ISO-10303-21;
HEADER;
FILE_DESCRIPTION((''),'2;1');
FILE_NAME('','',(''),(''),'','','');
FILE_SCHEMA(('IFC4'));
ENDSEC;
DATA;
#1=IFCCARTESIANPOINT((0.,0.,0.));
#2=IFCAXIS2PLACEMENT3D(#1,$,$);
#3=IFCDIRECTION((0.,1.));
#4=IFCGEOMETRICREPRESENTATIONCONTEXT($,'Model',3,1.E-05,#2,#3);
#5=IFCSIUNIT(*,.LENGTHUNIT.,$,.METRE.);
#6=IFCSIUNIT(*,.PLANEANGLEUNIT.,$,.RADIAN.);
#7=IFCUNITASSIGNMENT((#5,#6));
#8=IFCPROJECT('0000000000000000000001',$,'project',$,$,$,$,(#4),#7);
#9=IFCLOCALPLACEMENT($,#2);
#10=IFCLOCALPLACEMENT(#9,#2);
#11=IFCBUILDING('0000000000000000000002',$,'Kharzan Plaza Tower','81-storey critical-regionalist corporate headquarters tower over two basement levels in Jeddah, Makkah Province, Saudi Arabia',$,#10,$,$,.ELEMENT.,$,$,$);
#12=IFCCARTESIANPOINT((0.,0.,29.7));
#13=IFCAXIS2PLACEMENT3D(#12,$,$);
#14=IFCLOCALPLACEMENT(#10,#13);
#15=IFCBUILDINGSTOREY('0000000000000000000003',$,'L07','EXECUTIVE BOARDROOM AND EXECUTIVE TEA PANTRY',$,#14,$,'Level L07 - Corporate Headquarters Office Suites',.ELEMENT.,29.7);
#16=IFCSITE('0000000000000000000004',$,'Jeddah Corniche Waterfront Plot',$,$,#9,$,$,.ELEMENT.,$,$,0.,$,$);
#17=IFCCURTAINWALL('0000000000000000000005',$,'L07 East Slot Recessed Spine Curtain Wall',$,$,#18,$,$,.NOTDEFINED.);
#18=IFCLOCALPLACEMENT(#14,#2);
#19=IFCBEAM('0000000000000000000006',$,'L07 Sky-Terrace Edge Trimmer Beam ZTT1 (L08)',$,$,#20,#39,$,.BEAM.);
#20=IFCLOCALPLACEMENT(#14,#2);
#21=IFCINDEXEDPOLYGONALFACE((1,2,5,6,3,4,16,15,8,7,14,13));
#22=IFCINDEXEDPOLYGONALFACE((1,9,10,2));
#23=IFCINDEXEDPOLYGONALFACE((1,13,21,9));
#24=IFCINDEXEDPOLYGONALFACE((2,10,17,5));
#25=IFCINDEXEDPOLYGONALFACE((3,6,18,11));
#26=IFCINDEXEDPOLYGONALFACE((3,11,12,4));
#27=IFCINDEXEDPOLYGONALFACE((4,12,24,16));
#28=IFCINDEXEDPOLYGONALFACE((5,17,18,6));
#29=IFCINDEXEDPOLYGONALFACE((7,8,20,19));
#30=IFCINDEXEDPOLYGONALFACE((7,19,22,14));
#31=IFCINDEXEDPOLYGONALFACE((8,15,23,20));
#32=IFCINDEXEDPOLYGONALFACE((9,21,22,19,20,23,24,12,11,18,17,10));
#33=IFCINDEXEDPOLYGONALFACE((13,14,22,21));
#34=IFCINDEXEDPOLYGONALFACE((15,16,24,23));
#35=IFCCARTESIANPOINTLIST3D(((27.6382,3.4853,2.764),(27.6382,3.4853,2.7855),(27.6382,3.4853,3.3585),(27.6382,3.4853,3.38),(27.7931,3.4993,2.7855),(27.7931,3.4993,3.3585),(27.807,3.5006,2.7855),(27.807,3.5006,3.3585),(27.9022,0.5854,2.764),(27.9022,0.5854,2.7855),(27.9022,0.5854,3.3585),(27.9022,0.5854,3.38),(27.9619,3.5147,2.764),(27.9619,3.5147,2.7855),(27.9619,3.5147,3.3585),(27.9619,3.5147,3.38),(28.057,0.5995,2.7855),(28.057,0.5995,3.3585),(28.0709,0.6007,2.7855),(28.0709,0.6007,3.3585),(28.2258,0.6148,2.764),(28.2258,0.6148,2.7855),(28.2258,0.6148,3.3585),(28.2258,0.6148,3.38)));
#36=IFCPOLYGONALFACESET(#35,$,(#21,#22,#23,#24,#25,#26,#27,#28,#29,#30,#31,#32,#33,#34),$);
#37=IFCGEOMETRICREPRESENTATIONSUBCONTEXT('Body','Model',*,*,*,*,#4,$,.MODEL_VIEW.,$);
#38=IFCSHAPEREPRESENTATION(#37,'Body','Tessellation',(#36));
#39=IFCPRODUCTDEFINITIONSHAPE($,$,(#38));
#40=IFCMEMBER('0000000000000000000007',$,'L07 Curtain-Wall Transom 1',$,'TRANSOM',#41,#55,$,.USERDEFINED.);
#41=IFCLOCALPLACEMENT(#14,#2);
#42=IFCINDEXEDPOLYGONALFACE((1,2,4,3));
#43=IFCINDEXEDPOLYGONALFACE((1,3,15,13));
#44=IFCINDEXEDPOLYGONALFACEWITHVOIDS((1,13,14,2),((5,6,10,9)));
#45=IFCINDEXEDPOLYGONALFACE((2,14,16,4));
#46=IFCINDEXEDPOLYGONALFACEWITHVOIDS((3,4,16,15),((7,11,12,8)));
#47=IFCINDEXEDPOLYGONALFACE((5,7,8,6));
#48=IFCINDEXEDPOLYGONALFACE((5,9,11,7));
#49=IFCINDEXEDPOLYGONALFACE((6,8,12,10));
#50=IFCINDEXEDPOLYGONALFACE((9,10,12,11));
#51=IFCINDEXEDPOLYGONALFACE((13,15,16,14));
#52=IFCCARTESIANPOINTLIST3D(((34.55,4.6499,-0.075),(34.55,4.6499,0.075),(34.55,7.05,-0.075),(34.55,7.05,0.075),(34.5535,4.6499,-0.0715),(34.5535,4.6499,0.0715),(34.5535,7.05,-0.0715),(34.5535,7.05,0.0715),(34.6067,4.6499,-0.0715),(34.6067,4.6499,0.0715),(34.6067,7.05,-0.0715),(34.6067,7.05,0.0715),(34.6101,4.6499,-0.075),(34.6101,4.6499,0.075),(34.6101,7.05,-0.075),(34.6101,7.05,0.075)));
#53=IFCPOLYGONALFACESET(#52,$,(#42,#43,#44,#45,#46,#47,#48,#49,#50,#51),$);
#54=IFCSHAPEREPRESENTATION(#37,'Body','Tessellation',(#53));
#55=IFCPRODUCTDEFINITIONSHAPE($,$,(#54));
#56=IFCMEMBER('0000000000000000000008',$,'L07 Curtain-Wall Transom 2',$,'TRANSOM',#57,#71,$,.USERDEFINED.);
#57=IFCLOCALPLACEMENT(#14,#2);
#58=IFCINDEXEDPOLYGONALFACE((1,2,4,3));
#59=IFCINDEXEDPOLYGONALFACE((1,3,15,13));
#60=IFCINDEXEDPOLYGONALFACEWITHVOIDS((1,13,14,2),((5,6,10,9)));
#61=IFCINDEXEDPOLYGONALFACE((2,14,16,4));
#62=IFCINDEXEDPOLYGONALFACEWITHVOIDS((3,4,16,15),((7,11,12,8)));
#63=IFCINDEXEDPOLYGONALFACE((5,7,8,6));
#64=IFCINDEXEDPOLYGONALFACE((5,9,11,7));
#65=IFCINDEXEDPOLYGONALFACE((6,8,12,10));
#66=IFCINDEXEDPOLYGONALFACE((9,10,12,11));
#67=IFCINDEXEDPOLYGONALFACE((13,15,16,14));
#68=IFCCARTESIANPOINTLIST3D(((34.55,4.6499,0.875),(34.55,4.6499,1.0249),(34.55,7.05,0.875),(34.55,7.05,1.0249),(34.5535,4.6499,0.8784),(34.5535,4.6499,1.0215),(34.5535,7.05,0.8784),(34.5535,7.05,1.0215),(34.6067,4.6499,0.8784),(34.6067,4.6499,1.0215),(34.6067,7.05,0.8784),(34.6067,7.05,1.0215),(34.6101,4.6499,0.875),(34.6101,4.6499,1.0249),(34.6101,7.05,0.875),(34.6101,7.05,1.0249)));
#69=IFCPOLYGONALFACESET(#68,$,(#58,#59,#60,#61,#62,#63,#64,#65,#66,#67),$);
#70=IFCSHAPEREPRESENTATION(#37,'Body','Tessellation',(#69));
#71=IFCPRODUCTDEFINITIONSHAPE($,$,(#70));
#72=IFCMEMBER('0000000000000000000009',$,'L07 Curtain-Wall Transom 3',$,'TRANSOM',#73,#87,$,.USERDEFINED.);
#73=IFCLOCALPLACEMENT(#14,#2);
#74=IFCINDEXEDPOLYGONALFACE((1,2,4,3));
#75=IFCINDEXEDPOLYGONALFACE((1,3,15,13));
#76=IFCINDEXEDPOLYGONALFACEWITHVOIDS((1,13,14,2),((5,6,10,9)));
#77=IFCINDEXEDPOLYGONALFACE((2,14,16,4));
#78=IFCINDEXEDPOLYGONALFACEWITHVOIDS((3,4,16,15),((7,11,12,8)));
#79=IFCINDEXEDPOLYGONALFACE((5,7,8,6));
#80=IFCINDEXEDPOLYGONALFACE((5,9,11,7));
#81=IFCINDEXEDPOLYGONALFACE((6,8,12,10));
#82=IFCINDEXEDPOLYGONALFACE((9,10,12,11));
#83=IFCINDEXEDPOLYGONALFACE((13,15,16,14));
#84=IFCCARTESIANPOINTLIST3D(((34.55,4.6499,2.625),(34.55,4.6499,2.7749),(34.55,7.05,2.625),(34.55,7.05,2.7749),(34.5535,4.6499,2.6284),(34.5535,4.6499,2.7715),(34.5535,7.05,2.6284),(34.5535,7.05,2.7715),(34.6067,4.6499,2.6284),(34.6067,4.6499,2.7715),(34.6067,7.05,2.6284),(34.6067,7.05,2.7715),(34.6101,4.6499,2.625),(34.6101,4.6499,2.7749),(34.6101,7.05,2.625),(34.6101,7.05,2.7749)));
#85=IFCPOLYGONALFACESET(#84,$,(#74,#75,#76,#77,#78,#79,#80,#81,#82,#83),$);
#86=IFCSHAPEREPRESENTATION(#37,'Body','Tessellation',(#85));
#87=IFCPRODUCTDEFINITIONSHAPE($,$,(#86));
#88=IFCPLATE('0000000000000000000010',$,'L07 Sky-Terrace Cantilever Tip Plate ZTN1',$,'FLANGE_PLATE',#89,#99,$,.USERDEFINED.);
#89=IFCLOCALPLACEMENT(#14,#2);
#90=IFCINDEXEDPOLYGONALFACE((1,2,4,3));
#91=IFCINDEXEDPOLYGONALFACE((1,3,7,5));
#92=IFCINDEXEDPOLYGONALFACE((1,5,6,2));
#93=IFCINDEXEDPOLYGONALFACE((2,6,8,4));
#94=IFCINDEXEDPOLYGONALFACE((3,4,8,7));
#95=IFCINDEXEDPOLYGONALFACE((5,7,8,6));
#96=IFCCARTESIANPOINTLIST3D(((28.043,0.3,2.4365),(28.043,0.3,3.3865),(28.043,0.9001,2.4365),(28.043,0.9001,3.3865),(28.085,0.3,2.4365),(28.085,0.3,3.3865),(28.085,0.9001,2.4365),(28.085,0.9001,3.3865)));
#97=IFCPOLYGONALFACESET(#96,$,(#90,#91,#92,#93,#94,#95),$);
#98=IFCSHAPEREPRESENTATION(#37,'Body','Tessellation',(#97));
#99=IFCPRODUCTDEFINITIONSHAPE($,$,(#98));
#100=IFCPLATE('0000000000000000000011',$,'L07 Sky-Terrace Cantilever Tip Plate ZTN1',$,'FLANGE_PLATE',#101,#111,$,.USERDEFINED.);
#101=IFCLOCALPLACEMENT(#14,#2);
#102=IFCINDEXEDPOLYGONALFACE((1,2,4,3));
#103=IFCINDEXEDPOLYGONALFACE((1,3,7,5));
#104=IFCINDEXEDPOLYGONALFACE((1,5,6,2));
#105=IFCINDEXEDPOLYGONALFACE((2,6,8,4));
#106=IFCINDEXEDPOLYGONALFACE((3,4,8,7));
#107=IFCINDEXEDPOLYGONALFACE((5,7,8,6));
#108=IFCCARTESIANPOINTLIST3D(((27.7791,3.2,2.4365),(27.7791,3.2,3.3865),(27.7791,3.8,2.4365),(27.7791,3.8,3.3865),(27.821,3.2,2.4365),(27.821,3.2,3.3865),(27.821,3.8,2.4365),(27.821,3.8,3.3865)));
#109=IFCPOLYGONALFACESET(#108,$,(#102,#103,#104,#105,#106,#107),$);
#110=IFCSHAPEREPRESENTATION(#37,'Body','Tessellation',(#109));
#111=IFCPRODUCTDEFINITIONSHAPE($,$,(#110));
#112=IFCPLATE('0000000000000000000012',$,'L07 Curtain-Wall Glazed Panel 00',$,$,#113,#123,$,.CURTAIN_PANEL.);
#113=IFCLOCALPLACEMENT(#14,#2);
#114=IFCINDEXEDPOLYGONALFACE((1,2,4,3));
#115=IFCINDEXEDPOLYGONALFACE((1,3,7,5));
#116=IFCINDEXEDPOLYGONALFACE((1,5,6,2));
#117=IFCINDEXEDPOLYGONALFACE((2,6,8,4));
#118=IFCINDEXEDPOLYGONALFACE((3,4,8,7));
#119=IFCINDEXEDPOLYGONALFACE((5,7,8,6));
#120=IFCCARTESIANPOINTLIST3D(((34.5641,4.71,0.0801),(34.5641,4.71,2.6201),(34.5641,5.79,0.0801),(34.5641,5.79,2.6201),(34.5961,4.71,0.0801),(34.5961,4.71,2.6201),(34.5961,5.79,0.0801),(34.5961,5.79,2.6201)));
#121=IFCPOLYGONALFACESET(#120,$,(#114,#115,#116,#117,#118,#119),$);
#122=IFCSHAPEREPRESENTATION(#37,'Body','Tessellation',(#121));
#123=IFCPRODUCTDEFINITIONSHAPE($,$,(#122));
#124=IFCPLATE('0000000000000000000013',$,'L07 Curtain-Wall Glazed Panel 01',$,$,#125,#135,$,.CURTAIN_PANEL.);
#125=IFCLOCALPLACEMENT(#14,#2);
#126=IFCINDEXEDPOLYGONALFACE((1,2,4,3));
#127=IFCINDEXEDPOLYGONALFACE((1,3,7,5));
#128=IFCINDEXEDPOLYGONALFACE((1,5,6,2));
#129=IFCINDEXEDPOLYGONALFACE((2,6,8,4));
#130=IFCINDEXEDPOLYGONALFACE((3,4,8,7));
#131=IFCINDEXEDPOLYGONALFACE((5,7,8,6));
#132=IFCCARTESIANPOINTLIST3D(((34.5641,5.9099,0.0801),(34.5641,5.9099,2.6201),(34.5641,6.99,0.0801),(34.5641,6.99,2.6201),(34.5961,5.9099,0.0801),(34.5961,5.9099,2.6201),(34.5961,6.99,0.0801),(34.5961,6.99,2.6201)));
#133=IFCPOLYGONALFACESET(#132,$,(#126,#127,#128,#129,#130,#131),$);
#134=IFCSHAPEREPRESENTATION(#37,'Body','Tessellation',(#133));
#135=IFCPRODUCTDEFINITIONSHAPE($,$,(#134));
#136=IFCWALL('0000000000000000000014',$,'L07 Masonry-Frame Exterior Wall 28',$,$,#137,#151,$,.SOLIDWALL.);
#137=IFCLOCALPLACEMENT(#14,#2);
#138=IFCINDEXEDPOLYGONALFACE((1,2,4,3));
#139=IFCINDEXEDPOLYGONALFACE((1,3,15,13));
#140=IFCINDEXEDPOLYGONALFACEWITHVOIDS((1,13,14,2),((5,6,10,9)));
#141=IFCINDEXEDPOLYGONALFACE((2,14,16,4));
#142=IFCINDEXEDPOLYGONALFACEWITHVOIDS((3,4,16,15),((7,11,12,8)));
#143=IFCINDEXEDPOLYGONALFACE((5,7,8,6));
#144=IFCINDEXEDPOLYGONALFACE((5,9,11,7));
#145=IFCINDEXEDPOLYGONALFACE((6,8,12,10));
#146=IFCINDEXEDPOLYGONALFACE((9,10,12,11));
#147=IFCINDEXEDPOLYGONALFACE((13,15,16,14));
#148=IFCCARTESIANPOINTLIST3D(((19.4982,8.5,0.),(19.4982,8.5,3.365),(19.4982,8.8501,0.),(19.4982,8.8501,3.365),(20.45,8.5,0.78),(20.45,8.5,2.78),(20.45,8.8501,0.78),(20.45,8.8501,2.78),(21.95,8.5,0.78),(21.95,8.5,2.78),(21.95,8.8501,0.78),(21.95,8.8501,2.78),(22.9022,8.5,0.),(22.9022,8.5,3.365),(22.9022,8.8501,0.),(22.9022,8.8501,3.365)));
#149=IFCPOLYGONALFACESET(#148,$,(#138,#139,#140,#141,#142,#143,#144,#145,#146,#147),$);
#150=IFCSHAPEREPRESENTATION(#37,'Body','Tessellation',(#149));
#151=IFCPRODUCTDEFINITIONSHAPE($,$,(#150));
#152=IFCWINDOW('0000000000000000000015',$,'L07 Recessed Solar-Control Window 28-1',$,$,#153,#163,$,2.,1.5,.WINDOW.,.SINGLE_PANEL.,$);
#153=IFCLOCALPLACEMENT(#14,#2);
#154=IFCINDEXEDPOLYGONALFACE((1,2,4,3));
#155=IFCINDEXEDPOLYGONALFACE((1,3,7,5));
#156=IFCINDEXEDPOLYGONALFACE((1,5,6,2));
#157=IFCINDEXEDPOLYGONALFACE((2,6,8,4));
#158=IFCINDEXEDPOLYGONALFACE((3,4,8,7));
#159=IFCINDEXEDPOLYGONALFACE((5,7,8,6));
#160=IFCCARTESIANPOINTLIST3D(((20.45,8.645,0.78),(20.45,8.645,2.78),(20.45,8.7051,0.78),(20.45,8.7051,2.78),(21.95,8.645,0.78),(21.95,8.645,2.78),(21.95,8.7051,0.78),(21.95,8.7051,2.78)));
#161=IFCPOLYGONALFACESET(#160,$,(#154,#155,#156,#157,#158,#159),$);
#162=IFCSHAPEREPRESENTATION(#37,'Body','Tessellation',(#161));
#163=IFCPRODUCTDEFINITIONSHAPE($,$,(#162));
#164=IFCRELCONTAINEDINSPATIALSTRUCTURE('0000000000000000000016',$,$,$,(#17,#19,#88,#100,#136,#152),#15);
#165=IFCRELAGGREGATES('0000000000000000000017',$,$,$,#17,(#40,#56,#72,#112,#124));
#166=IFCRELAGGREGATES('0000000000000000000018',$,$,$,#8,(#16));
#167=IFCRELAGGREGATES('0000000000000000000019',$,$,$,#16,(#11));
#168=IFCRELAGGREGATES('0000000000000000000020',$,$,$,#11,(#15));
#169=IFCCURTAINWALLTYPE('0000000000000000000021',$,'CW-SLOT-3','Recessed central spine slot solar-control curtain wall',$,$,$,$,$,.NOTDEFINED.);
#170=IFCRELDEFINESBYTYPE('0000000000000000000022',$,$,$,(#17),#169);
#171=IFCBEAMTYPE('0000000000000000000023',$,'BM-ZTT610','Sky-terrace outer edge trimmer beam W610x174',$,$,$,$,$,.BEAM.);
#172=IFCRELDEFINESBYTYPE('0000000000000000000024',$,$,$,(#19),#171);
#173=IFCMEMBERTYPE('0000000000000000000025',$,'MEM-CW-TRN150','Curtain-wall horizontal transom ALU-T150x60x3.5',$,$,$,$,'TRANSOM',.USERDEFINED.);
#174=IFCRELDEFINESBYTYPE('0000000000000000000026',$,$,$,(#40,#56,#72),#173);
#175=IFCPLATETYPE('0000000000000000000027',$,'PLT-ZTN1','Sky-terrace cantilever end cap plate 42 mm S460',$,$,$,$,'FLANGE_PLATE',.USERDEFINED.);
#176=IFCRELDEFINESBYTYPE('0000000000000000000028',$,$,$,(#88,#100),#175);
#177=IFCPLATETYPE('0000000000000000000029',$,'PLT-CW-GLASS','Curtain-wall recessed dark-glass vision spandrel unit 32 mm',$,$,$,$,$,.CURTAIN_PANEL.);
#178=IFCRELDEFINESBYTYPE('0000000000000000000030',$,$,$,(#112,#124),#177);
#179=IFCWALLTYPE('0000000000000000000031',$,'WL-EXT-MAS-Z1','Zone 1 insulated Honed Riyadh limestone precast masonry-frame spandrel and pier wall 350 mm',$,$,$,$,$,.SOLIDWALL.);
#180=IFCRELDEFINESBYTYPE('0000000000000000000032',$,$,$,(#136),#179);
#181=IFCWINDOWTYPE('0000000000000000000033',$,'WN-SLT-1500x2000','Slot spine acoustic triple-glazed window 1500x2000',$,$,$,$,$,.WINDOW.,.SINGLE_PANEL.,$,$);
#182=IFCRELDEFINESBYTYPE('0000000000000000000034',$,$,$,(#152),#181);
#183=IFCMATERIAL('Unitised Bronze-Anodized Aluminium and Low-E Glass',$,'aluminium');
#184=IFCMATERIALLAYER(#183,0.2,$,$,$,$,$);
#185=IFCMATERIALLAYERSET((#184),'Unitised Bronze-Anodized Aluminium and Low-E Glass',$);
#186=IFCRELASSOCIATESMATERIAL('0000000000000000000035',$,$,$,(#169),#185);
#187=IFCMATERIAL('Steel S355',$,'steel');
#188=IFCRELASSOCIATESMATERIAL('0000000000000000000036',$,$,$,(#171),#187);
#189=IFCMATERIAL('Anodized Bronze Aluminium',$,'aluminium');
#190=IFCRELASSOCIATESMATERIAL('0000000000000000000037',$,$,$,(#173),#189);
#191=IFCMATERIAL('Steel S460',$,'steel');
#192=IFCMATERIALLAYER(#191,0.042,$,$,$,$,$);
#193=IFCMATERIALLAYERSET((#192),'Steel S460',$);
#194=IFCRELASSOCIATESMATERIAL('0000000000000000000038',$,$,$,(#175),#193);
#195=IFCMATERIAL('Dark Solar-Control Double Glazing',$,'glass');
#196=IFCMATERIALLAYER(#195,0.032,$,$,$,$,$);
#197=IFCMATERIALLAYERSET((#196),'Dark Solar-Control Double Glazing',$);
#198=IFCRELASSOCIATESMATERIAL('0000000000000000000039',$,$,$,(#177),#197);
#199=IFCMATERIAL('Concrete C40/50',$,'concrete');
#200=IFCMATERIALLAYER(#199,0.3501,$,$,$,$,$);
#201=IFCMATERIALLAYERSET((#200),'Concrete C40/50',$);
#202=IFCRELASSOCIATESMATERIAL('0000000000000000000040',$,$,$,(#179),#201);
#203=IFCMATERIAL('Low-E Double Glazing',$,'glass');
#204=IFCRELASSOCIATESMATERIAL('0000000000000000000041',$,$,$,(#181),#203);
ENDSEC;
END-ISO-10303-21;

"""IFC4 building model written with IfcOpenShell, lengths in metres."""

from ifc_helpers import new_model, si_unit, direction, frame, frame_2d, origin, origin_2d, place, context, subcontext, project, spatial, rectangle, hollow_rectangle, i_section, extrude, source, transform, mapped, material, layer, layer_set, material_profile, profile_set, type_object, element, fill, aggregate, save


model = new_model("IFC4")

# Units and contexts
model_context = context("Model", 3, precision=1e-05, world=origin(), true_north=direction((0.0, 1.0)))
body_context = subcontext(model_context, "Body", "Model", "MODEL_VIEW")
ifc_project = project(units=[si_unit("LENGTHUNIT", "METRE"), si_unit("PLANEANGLEUNIT", "RADIAN")], contexts=[model_context])

# Site, building, storey
site_placement = place(None, origin())
site = spatial("IfcSite", under=ifc_project, at=site_placement, Name="Jeddah Corniche Waterfront Plot", CompositionType="ELEMENT", RefElevation=0.0)
building_placement = place(site_placement, origin())
building = spatial("IfcBuilding", under=site, at=building_placement, Name="Kharzan Plaza Tower", Description="81-storey critical-regionalist corporate headquarters tower over two basement levels in Jeddah, Makkah Province, Saudi Arabia", CompositionType="ELEMENT")
storey_placement = place(building_placement, frame((0.0, 0.0, 29.7)))
storey = spatial("IfcBuildingStorey", under=building, at=storey_placement, Name="L07", Description="EXECUTIVE BOARDROOM AND EXECUTIVE TEA PANTRY", LongName="Level L07 - Corporate Headquarters Office Suites", CompositionType="ELEMENT", Elevation=29.7)

# Shared definitions
ifc_material_1 = material(Name="Steel S355", Category="steel")

# Curtain wall
ifc_material_2 = material(Name="Unitised Bronze-Anodized Aluminium and Low-E Glass", Category="aluminium")
ifc_layer_1 = layer(ifc_material_2, 0.2)
ifc_layer_set_1 = layer_set([ifc_layer_1], Name="Unitised Bronze-Anodized Aluminium and Low-E Glass")
curtain_wall_type = type_object("IfcCurtainWallType", Name="CW-SLOT-3", Description="Recessed central spine slot solar-control curtain wall", PredefinedType="NOTDEFINED", material=ifc_layer_set_1)
curtain_wall_placement = place(storey_placement, origin())
curtain_wall = element("IfcCurtainWall", 1, at=curtain_wall_placement, inside=storey, type_object=curtain_wall_type, Name="L07 East Slot Recessed Spine Curtain Wall", PredefinedType="NOTDEFINED")
ifc_material_3 = material(Name="Anodized Bronze Aluminium", Category="aluminium")

# Beam
ifc_material_profile_1 = material_profile(ifc_material_1, i_section(OverallWidth=0.325, OverallDepth=0.616, WebThickness=0.0139, FlangeThickness=0.0215, at=origin_2d()), Name="W610x174")
ifc_profile_set_1 = profile_set([ifc_material_profile_1], Name="Steel S355")
beam_type_1 = type_object("IfcBeamType", Name="BM-ZTT610", Description="Sky-terrace outer edge trimmer beam W610x174", PredefinedType="BEAM", material=ifc_profile_set_1)
shared_shape_1 = source(origin(), body_context, "Body", "SweptSolid", [
    extrude(i_section(OverallWidth=0.325, OverallDepth=0.616, WebThickness=0.0139, FlangeThickness=0.0215, at=origin_2d()), origin(), (0.0, 0.0, 1.0), 2.9119),
])
beam_1_placement = place(storey_placement, frame((28.064, 0.6001, 3.072), z_axis=(-0.090634, 0.995884, 0.0), x_axis=(-0.995884, -0.090634, 0.0)))
element("IfcBeam", 2, at=beam_1_placement, inside=storey, type_object=beam_type_1, Name="L07 Sky-Terrace Edge Trimmer Beam ZTT1 (L08)", PredefinedType="BEAM", context=body_context, shape_type="MappedRepresentation", body=[
    mapped(shared_shape_1, transform((0.0, 0.0, 0.0), x_axis=(1.0, 0.0, 0.0), y_axis=(0.0, 1.0, 0.0), z_axis=(0.0, 0.0, 1.0))),
])

# Members
ifc_material_profile_2 = material_profile(ifc_material_3, hollow_rectangle(XDim=0.0601, YDim=0.1499, WallThickness=0.0034, at=origin_2d()), Name="ALU-T150x60x3.5")
ifc_profile_set_2 = profile_set([ifc_material_profile_2], Name="Anodized Bronze Aluminium")
member_type_1 = type_object("IfcMemberType", Name="MEM-CW-TRN150", Description="Curtain-wall horizontal transom ALU-T150x60x3.5", ElementType="TRANSOM", PredefinedType="USERDEFINED", material=ifc_profile_set_2)
shared_shape_2 = source(origin(), body_context, "Body", "SweptSolid", [
    extrude(hollow_rectangle(XDim=0.0601, YDim=0.1499, WallThickness=0.0034, at=origin_2d()), origin(), (0.0, 0.0, 1.0), 2.4001),
])
member_1_placement = place(storey_placement, frame((34.5801, 4.6499, 0.0), z_axis=(0.0, 1.0, 0.0), x_axis=(-1.0, 0.0, 0.0)))
member_1 = element("IfcMember", 3, at=member_1_placement, type_object=member_type_1, Name="L07 Curtain-Wall Transom 1", ObjectType="TRANSOM", PredefinedType="USERDEFINED", context=body_context, shape_type="MappedRepresentation", body=[
    mapped(shared_shape_2, transform((0.0, 0.0, 0.0), x_axis=(1.0, 0.0, 0.0), y_axis=(0.0, 1.0, 0.0), z_axis=(0.0, 0.0, 1.0))),
])
member_2_placement = place(storey_placement, frame((34.5801, 4.6499, 0.95), z_axis=(0.0, 1.0, 0.0), x_axis=(-1.0, 0.0, 0.0)))
member_2 = element("IfcMember", 4, at=member_2_placement, type_object=member_type_1, Name="L07 Curtain-Wall Transom 2", ObjectType="TRANSOM", PredefinedType="USERDEFINED", context=body_context, shape_type="MappedRepresentation", body=[
    mapped(shared_shape_2, transform((0.0, 0.0, 0.0), x_axis=(1.0, 0.0, 0.0), y_axis=(0.0, 1.0, 0.0), z_axis=(0.0, 0.0, 1.0))),
])
member_3_placement = place(storey_placement, frame((34.5801, 4.6499, 2.7), z_axis=(0.0, 1.0, 0.0), x_axis=(-1.0, 0.0, 0.0)))
member_3 = element("IfcMember", 5, at=member_3_placement, type_object=member_type_1, Name="L07 Curtain-Wall Transom 3", ObjectType="TRANSOM", PredefinedType="USERDEFINED", context=body_context, shape_type="MappedRepresentation", body=[
    mapped(shared_shape_2, transform((0.0, 0.0, 0.0), x_axis=(1.0, 0.0, 0.0), y_axis=(0.0, 1.0, 0.0), z_axis=(0.0, 0.0, 1.0))),
])

# Plates
ifc_material_4 = material(Name="Steel S460", Category="steel")
ifc_layer_2 = layer(ifc_material_4, 0.042)
ifc_layer_set_2 = layer_set([ifc_layer_2], Name="Steel S460")
plate_type_1 = type_object("IfcPlateType", Name="PLT-ZTN1", Description="Sky-terrace cantilever end cap plate 42 mm S460", ElementType="FLANGE_PLATE", PredefinedType="USERDEFINED", material=ifc_layer_set_2)
shared_shape_3 = source(origin(), body_context, "Body", "SweptSolid", [
    extrude(rectangle(XDim=0.6001, YDim=0.042, at=origin_2d()), origin(), (0.0, 0.0, 1.0), 0.95),
])
for number, where, z_axis, x_axis, name in (
    (6, (28.064, 0.6001, 2.4365), (0.0, 0.0, 1.0), (0.0, 1.0, 0.0), "L07 Sky-Terrace Cantilever Tip Plate ZTN1"),
    (7, (27.8, 3.5, 2.4365), (0.0, 0.0, 1.0), (0.0, 1.0, 0.0), "L07 Sky-Terrace Cantilever Tip Plate ZTN1"),
):
    element("IfcPlate", number, at=place(storey_placement, frame(where, z_axis=z_axis, x_axis=x_axis)), inside=storey, type_object=plate_type_1, Name=name, ObjectType="FLANGE_PLATE", PredefinedType="USERDEFINED", context=body_context, shape_type="MappedRepresentation", body=[
        mapped(shared_shape_3, transform((0.0, 0.0, 0.0), x_axis=(1.0, 0.0, 0.0), y_axis=(0.0, 1.0, 0.0), z_axis=(0.0, 0.0, 1.0))),
    ])

# Plates
ifc_material_5 = material(Name="Dark Solar-Control Double Glazing", Category="glass")
ifc_layer_3 = layer(ifc_material_5, 0.032)
ifc_layer_set_3 = layer_set([ifc_layer_3], Name="Dark Solar-Control Double Glazing")
plate_type_2 = type_object("IfcPlateType", Name="PLT-CW-GLASS", Description="Curtain-wall recessed dark-glass vision spandrel unit 32 mm", PredefinedType="CURTAIN_PANEL", material=ifc_layer_set_3)
shared_shape_4 = source(origin(), body_context, "Body", "SweptSolid", [
    extrude(rectangle(XDim=1.0801, YDim=0.032, at=origin_2d()), origin(), (0.0, 0.0, 1.0), 2.54),
])
plate_1_placement = place(storey_placement, frame((34.5801, 5.25, 0.0801), z_axis=(0.0, 0.0, 1.0), x_axis=(0.0, 1.0, 0.0)))
plate_1 = element("IfcPlate", 8, at=plate_1_placement, type_object=plate_type_2, Name="L07 Curtain-Wall Glazed Panel 00", PredefinedType="CURTAIN_PANEL", context=body_context, shape_type="MappedRepresentation", body=[
    mapped(shared_shape_4, transform((0.0, 0.0, 0.0), x_axis=(1.0, 0.0, 0.0), y_axis=(0.0, 1.0, 0.0), z_axis=(0.0, 0.0, 1.0))),
])
plate_2_placement = place(storey_placement, frame((34.5801, 6.45, 0.0801), z_axis=(0.0, 0.0, 1.0), x_axis=(0.0, 1.0, 0.0)))
plate_2 = element("IfcPlate", 9, at=plate_2_placement, type_object=plate_type_2, Name="L07 Curtain-Wall Glazed Panel 01", PredefinedType="CURTAIN_PANEL", context=body_context, shape_type="MappedRepresentation", body=[
    mapped(shared_shape_4, transform((0.0, 0.0, 0.0), x_axis=(1.0, 0.0, 0.0), y_axis=(0.0, 1.0, 0.0), z_axis=(0.0, 0.0, 1.0))),
])
aggregate(curtain_wall, [member_1, member_2, member_3, plate_1, plate_2])

# Wall, opening, window
ifc_material_6 = material(Name="Concrete C40/50", Category="concrete")
ifc_layer_4 = layer(ifc_material_6, 0.3501)
ifc_layer_set_4 = layer_set([ifc_layer_4], Name="Concrete C40/50")
wall_type_1 = type_object("IfcWallType", Name="WL-EXT-MAS-Z1", Description="Zone 1 insulated Honed Riyadh limestone precast masonry-frame spandrel and pier wall 350 mm", PredefinedType="SOLIDWALL", material=ifc_layer_set_4)
wall_1_placement = place(storey_placement, frame((19.498, 8.675, 0.0), z_axis=(0.0, 0.0, 1.0), x_axis=(1.0, 0.0, 0.0)))
wall_1 = element("IfcWall", 10, at=wall_1_placement, inside=storey, type_object=wall_type_1, Name="L07 Masonry-Frame Exterior Wall 28", PredefinedType="SOLIDWALL", context=body_context, shape_type="SweptSolid", body=[
    extrude(rectangle(XDim=3.4041, YDim=0.3501, at=frame_2d((1.7021, 0.0))), origin(), (0.0, 0.0, 1.0), 3.365),
])
opening_1_placement = place(wall_1_placement, frame((0.9519, 0.0, 0.78)))
opening_1 = element("IfcOpeningElement", 11, at=opening_1_placement, cuts=wall_1, PredefinedType="OPENING", context=body_context, shape_type="SweptSolid", body=[
    extrude(rectangle(XDim=1.5, YDim=2.0, at=frame_2d((0.75, 1.0))), frame((0.0, 0.1851, 0.0), z_axis=(0.0, -1.0, 0.0), x_axis=(1.0, 0.0, 0.0)), (0.0, 0.0, 1.0), 0.3701),
])
ifc_material_7 = material(Name="Low-E Double Glazing", Category="glass")
window_type = type_object("IfcWindowType", Name="WN-SLT-1500x2000", Description="Slot spine acoustic triple-glazed window 1500x2000", PartitioningType="SINGLE_PANEL", PredefinedType="WINDOW", material=ifc_material_7)
shared_shape_5 = source(origin(), body_context, "Body", "SweptSolid", [
    extrude(rectangle(XDim=1.5, YDim=2.0, at=frame_2d((0.75, 1.0))), frame((0.0, 0.03, 0.0), z_axis=(0.0, -1.0, 0.0), x_axis=(1.0, 0.0, 0.0)), (0.0, 0.0, 1.0), 0.0601),
])
window_1_placement = place(opening_1_placement, origin())
window_1 = element("IfcWindow", 12, at=window_1_placement, inside=storey, type_object=window_type, Name="L07 Recessed Solar-Control Window 28-1", OverallHeight=2.0, OverallWidth=1.5, PartitioningType="SINGLE_PANEL", PredefinedType="WINDOW", context=body_context, shape_type="MappedRepresentation", body=[
    mapped(shared_shape_5, transform((0.0, 0.0, 0.0), x_axis=(1.0, 0.0, 0.0), y_axis=(0.0, 1.0, 0.0), z_axis=(0.0, 0.0, 1.0))),
])
fill(opening_1, window_1)

save(model, "model.ifc")
